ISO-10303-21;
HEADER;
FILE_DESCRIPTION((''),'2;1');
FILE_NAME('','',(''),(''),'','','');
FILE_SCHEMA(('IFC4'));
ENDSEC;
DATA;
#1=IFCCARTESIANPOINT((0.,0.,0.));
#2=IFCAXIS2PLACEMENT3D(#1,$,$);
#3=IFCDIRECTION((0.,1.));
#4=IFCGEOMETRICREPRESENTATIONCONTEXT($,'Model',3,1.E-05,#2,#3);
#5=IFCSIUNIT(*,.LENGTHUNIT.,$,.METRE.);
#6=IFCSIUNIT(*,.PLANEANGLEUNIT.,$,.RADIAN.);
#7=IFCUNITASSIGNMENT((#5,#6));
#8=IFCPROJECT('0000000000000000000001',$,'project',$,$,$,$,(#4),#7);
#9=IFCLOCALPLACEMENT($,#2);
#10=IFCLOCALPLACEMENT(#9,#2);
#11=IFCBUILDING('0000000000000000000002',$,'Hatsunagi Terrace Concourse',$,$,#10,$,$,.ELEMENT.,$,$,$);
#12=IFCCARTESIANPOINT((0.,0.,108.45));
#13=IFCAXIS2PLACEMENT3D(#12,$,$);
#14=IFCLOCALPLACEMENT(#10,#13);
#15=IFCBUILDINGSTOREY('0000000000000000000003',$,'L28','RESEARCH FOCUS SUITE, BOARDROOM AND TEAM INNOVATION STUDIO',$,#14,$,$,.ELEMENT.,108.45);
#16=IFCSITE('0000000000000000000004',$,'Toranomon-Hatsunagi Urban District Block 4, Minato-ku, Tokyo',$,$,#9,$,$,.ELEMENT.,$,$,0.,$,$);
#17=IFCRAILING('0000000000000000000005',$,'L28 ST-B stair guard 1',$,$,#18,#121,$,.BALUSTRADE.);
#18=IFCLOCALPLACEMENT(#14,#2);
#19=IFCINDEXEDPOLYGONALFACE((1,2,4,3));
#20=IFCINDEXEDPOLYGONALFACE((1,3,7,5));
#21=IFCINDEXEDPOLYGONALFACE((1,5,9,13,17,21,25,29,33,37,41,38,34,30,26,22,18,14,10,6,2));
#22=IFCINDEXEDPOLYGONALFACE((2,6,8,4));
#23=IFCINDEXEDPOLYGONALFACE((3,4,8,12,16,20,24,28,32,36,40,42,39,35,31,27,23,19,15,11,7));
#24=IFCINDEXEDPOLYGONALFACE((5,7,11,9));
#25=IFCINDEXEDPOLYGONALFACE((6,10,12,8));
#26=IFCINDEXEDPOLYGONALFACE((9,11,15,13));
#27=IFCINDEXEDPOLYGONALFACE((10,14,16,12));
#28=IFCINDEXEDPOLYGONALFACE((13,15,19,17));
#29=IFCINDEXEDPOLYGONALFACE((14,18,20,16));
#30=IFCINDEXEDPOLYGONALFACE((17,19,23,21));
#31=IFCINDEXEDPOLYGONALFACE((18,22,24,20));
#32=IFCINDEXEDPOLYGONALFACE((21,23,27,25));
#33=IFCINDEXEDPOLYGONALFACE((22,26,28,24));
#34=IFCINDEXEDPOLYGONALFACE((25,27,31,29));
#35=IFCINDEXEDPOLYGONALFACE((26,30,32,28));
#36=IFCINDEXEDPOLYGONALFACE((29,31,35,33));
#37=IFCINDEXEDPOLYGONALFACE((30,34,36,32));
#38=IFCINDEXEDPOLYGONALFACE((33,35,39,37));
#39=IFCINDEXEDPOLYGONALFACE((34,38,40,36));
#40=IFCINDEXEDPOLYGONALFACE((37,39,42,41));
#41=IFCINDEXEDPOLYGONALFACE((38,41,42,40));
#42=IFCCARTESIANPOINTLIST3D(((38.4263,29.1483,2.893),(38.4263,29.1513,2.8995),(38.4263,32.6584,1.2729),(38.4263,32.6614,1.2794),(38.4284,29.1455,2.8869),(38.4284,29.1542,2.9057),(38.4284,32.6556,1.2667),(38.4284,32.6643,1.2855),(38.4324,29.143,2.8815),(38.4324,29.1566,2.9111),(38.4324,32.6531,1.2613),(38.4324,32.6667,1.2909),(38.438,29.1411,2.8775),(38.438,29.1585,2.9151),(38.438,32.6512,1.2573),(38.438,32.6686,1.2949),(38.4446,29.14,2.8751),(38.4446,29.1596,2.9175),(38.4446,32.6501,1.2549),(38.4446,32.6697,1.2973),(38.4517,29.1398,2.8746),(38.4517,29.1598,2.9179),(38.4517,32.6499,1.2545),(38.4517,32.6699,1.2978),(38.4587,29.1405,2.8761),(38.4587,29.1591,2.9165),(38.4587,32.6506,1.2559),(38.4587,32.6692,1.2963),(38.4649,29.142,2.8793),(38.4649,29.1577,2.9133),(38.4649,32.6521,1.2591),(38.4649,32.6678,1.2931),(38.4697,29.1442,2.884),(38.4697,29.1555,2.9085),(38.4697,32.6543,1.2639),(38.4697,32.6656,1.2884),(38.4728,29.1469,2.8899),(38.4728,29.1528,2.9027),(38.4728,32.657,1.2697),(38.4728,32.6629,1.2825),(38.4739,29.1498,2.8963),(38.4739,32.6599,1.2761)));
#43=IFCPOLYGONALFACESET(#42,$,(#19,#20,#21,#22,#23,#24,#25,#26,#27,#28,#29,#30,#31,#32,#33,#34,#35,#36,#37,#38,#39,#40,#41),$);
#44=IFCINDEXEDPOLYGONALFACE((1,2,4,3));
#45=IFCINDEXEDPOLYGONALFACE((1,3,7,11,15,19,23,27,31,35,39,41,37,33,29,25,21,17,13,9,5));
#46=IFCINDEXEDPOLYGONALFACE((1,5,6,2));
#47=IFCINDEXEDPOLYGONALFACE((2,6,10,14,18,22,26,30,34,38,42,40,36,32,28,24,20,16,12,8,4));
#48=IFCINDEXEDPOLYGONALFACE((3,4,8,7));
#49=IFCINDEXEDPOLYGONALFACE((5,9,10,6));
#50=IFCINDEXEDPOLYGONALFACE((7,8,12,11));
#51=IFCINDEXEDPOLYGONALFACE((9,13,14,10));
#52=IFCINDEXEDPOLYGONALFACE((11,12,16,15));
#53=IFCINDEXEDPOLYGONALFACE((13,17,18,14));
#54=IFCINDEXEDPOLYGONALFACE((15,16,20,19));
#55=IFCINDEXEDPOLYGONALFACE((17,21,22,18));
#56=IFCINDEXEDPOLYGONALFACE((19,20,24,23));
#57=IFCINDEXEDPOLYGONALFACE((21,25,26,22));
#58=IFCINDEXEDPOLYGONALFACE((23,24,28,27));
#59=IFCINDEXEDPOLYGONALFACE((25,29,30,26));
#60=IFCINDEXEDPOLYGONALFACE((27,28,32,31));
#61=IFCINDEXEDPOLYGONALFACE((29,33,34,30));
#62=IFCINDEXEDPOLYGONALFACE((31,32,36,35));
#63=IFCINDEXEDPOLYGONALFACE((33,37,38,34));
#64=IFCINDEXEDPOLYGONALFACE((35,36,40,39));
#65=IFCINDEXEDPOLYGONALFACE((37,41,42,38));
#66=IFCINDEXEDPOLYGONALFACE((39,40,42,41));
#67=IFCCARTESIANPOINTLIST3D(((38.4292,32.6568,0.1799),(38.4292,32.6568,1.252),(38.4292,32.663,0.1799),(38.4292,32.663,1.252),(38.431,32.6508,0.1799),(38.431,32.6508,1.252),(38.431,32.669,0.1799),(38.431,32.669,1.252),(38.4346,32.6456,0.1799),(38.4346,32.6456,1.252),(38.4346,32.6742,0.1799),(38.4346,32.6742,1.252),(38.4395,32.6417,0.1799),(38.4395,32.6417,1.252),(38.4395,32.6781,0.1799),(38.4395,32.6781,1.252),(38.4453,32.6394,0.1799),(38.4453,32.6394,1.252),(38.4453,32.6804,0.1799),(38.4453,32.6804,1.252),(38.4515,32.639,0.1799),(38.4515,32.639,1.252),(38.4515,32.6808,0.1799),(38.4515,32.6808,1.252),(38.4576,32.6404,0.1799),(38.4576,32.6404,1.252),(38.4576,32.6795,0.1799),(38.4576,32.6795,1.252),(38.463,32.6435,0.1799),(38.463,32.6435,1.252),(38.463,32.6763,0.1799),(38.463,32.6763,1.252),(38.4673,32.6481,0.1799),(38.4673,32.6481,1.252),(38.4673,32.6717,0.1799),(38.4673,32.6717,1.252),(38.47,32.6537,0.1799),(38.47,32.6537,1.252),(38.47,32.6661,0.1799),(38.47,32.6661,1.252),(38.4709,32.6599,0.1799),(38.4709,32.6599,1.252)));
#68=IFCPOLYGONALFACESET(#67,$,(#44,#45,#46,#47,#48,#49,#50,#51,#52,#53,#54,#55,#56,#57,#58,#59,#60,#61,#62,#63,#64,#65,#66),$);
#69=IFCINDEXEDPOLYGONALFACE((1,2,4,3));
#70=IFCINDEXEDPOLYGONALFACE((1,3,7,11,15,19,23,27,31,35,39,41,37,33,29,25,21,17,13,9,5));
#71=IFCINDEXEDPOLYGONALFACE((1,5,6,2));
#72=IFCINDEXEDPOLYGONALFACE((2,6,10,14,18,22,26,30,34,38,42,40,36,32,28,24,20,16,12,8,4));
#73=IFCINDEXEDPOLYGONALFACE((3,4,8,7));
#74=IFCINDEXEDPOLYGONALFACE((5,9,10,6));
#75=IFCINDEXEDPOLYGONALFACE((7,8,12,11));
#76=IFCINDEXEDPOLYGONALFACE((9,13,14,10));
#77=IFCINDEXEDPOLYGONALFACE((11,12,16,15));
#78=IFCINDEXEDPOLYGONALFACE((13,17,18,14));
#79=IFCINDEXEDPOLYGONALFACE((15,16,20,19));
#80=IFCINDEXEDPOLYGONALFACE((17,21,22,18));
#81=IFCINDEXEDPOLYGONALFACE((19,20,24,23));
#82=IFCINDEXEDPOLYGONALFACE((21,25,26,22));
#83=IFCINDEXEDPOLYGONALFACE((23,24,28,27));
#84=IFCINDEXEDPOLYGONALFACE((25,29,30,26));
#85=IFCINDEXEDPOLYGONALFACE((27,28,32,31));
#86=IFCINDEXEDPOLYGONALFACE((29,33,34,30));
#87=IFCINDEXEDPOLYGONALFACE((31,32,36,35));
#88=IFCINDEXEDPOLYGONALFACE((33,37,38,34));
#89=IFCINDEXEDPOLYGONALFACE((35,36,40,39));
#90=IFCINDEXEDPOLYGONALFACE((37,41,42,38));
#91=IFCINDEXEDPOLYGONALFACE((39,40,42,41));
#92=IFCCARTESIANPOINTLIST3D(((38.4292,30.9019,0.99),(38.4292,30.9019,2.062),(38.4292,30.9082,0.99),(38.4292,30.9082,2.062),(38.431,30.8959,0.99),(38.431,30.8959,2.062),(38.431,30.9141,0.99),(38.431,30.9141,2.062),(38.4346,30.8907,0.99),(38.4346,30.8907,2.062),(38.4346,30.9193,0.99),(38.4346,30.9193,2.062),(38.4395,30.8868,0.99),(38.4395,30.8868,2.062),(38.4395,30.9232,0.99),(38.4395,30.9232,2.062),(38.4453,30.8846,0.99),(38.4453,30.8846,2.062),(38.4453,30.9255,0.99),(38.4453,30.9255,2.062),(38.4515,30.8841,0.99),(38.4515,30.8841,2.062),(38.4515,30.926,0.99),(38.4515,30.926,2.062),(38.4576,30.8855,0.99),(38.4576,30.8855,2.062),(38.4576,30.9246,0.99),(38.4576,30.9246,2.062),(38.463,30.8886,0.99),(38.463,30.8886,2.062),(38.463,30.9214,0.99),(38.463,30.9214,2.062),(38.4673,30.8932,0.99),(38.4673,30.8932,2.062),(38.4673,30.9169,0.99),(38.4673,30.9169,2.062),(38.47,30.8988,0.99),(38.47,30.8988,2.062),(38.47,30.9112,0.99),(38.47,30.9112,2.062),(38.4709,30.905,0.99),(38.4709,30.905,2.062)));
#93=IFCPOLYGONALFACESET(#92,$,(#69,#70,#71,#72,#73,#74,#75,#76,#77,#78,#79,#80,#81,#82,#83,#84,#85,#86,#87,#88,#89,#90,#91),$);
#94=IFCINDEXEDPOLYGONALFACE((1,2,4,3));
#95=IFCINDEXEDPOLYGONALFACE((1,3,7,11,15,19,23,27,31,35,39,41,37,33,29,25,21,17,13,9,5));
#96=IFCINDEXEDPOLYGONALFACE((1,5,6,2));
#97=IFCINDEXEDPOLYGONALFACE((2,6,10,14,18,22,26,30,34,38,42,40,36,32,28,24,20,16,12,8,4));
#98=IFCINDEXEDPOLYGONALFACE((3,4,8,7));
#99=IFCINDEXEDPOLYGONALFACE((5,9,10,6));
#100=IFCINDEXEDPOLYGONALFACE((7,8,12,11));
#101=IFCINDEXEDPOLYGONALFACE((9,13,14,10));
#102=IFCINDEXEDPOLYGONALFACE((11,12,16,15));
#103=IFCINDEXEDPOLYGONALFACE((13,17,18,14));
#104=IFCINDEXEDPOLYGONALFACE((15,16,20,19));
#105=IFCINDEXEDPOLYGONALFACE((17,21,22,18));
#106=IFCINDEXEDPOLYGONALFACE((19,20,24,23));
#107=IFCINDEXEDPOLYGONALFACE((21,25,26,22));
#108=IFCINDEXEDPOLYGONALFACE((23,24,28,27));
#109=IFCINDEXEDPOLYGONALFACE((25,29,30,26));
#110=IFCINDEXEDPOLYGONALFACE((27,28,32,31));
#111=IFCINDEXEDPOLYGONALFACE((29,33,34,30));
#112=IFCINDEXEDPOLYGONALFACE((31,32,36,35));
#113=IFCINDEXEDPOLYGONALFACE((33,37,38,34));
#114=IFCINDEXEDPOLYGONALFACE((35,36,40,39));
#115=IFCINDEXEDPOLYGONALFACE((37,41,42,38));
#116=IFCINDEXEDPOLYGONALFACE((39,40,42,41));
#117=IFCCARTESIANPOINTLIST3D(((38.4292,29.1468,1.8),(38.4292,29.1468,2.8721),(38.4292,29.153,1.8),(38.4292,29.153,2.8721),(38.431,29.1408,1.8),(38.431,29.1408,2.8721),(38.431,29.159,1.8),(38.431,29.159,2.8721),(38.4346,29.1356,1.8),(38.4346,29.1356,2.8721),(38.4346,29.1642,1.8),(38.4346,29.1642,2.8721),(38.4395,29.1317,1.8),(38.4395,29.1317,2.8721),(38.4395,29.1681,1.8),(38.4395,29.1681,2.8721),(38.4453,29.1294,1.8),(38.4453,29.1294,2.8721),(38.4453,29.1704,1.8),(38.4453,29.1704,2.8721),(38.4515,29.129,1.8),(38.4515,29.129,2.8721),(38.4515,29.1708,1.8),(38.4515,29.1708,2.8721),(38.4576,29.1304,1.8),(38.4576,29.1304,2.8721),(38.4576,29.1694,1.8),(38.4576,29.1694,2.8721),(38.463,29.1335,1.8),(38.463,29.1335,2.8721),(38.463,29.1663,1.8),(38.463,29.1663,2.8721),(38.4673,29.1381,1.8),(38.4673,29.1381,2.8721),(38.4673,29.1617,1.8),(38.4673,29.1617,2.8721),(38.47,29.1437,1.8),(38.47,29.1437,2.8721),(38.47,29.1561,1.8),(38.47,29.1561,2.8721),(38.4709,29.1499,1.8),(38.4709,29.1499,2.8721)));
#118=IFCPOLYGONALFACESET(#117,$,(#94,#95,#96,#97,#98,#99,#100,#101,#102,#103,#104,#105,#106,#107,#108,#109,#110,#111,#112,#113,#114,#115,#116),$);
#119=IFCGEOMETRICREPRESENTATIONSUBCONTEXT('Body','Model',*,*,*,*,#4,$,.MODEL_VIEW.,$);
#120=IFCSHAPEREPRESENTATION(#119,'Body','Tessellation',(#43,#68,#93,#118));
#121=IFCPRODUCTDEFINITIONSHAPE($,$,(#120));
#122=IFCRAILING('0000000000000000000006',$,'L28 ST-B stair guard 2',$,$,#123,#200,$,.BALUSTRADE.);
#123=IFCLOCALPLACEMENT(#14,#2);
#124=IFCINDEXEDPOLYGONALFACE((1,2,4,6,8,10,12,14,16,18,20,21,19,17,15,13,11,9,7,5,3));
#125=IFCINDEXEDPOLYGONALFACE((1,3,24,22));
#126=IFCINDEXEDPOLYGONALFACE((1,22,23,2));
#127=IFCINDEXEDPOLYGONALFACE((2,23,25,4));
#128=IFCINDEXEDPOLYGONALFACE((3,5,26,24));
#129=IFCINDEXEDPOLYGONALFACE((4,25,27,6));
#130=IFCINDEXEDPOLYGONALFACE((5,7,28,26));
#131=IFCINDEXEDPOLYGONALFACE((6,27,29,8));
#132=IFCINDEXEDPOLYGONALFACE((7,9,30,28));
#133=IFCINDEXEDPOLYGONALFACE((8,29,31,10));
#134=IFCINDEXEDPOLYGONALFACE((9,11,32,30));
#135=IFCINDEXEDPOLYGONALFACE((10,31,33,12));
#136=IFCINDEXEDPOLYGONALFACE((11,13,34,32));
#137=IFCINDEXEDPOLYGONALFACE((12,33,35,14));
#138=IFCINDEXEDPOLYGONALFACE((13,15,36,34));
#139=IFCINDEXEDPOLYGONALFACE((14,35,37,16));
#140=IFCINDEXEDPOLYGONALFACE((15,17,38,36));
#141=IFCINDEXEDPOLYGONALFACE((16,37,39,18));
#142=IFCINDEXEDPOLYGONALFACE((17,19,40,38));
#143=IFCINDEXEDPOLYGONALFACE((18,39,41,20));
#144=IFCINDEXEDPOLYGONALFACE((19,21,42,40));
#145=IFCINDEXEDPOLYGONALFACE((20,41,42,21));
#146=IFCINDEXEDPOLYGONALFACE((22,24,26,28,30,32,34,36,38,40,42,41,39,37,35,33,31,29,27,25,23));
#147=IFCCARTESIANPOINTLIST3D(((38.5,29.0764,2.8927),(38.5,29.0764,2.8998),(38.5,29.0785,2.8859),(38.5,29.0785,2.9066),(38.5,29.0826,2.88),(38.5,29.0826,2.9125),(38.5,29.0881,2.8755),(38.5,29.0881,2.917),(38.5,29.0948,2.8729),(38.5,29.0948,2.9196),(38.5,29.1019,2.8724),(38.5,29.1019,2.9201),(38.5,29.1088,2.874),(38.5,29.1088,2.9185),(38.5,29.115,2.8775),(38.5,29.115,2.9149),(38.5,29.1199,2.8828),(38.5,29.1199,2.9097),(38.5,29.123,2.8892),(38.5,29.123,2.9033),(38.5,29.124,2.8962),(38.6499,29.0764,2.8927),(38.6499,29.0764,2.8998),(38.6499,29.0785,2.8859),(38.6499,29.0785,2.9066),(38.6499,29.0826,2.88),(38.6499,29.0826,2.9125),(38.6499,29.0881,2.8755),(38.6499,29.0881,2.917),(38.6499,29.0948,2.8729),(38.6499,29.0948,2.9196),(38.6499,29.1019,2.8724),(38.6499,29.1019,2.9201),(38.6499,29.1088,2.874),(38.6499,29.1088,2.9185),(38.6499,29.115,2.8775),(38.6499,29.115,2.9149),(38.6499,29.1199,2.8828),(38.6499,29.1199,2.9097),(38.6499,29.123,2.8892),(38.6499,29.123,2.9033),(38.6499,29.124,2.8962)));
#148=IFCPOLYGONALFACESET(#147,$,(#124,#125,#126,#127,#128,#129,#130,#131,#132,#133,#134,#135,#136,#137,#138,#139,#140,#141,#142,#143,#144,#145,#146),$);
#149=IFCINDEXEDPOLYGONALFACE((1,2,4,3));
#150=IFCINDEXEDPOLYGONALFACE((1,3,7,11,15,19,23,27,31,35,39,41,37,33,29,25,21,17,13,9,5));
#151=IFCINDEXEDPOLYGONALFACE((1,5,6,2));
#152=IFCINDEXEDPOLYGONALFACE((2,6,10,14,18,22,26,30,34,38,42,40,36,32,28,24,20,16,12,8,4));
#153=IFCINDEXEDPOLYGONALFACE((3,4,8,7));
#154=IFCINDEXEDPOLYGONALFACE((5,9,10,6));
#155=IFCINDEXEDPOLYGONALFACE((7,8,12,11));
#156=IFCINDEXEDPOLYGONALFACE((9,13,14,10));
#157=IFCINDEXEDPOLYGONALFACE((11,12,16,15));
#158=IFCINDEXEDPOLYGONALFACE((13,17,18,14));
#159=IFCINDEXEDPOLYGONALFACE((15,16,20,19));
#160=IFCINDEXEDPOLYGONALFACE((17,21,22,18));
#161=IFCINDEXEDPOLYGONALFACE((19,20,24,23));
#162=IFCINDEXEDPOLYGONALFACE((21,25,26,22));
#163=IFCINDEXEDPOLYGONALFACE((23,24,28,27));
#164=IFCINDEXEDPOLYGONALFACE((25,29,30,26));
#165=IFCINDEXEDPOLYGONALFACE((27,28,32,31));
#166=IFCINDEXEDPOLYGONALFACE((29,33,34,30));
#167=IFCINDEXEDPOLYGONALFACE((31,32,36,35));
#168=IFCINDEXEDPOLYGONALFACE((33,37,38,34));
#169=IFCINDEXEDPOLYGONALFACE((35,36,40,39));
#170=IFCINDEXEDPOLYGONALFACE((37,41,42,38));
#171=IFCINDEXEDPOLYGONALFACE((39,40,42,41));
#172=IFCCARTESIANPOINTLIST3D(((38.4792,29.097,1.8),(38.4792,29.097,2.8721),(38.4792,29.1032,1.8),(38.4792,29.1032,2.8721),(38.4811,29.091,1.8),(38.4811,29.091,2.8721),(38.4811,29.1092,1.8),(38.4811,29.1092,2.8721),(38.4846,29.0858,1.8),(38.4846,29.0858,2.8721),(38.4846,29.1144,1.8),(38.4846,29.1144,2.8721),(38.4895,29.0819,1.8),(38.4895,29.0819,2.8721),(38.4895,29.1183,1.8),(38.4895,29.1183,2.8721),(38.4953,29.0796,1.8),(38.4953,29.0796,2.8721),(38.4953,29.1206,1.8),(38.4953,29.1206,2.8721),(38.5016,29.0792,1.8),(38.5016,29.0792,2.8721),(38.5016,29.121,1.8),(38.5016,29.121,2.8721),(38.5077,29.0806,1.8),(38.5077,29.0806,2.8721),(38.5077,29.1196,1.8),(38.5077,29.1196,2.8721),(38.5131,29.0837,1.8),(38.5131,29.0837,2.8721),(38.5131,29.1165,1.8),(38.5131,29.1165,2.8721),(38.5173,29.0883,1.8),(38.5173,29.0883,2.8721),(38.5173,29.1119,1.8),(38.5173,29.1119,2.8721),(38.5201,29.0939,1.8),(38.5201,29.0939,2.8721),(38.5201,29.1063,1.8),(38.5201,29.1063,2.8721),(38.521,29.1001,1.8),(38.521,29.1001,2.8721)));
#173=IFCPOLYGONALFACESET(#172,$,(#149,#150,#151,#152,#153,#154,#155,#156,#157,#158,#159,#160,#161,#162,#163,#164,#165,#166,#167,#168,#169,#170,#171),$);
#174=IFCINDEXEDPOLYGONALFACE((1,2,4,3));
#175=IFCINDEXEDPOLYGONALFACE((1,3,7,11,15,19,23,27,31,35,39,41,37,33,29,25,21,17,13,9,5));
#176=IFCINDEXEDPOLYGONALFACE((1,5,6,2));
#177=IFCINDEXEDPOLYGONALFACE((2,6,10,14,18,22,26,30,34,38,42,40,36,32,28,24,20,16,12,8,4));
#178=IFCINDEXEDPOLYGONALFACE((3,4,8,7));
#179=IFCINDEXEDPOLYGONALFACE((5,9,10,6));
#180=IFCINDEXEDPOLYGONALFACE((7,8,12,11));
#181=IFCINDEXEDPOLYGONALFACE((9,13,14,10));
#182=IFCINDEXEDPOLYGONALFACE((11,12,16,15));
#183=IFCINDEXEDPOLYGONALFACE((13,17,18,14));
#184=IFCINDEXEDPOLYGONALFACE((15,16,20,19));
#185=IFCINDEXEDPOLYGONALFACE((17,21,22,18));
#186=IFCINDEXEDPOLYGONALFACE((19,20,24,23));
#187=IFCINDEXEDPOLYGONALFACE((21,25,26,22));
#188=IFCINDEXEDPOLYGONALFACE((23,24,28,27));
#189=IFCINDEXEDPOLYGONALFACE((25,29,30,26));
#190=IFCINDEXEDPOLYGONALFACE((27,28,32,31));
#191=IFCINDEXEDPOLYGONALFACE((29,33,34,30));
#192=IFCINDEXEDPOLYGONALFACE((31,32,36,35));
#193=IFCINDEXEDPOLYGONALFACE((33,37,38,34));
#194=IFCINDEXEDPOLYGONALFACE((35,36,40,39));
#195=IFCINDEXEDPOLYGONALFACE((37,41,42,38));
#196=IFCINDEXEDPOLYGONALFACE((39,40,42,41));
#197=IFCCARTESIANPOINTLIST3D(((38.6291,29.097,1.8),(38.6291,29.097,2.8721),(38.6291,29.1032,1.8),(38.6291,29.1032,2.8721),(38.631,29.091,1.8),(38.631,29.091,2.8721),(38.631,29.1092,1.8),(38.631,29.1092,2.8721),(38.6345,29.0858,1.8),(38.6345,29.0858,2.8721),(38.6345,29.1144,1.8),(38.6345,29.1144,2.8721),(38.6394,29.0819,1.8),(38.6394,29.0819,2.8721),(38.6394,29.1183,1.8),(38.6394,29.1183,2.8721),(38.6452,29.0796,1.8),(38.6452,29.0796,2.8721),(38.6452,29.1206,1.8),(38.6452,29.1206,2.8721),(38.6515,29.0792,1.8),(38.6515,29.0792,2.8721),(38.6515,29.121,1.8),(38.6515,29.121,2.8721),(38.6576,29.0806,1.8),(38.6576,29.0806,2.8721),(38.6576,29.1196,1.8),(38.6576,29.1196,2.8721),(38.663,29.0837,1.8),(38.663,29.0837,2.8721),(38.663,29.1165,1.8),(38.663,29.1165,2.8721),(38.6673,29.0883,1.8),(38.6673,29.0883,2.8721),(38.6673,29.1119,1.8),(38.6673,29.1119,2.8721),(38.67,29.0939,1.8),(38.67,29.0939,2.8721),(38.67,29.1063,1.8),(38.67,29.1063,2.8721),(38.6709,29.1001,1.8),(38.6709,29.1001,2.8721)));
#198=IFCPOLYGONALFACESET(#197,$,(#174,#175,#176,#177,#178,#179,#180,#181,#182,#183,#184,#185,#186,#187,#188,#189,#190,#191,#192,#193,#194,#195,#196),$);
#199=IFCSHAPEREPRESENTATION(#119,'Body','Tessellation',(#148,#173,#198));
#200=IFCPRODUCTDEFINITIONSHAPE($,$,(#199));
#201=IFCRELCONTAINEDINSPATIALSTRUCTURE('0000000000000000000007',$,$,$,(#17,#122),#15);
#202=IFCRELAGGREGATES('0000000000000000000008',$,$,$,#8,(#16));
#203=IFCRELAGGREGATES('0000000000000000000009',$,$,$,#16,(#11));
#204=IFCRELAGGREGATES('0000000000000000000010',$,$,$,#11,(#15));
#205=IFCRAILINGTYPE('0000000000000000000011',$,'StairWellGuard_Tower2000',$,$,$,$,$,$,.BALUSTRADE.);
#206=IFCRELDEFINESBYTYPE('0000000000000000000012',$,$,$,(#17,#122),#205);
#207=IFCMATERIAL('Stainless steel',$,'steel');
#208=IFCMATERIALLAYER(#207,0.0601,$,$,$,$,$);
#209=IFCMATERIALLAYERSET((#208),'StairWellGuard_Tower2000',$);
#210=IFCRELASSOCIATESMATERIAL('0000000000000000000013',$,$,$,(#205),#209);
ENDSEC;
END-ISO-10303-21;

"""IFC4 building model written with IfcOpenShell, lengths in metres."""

from ifc_helpers import new_model, si_unit, direction, frame, origin, origin_2d, place, context, subcontext, project, spatial, circle, extrude, material, layer, layer_set, type_object, element, save


model = new_model("IFC4")

# Units and contexts
model_context = context("Model", 3, precision=1e-05, world=origin(), true_north=direction((0.0, 1.0)))
body_context = subcontext(model_context, "Body", "Model", "MODEL_VIEW")
ifc_project = project(units=[si_unit("LENGTHUNIT", "METRE"), si_unit("PLANEANGLEUNIT", "RADIAN")], contexts=[model_context])

# Site, building, storey
site_placement = place(None, origin())
site = spatial("IfcSite", under=ifc_project, at=site_placement, Name="Toranomon-Hatsunagi Urban District Block 4, Minato-ku, Tokyo", CompositionType="ELEMENT", RefElevation=0.0)
building_placement = place(site_placement, origin())
building = spatial("IfcBuilding", under=site, at=building_placement, Name="Hatsunagi Terrace Concourse", CompositionType="ELEMENT")
storey_placement = place(building_placement, frame((0.0, 0.0, 108.45)))
storey = spatial("IfcBuildingStorey", under=building, at=storey_placement, Name="L28", Description="RESEARCH FOCUS SUITE, BOARDROOM AND TEAM INNOVATION STUDIO", CompositionType="ELEMENT", Elevation=108.45)

# Railings
ifc_material_1 = material(Name="Stainless steel", Category="steel")
ifc_layer_1 = layer(ifc_material_1, 0.0601)
ifc_layer_set_1 = layer_set([ifc_layer_1], Name="StairWellGuard_Tower2000")
railing_type_1 = type_object("IfcRailingType", Name="StairWellGuard_Tower2000", PredefinedType="BALUSTRADE", material=ifc_layer_set_1)
railing_1_placement = place(storey_placement, frame((38.45, 32.6599, 0.1799)))
element("IfcRailing", 1, at=railing_1_placement, inside=storey, type_object=railing_type_1, Name="L28 ST-B stair guard 1", PredefinedType="BALUSTRADE", context=body_context, shape_type="SweptSolid", body=[
    extrude(circle(Radius=0.0239, at=origin_2d()), frame((0.0, 0.0, 1.0962), z_axis=(0.0, -0.907948, 0.419082), x_axis=(1.0, 0.0, 0.0)), (0.0, 0.0, 1.0), 3.866),
    extrude(circle(Radius=0.021, at=origin_2d()), origin(), (0.0, 0.0, 1.0), 1.072),
    extrude(circle(Radius=0.021, at=origin_2d()), frame((0.0, -1.7549, 0.8101)), (0.0, 0.0, 1.0), 1.072),
    extrude(circle(Radius=0.021, at=origin_2d()), frame((0.0, -3.51, 1.6201)), (0.0, 0.0, 1.0), 1.072),
])
railing_2_placement = place(storey_placement, frame((38.5, 29.1001, 1.8)))
element("IfcRailing", 2, at=railing_2_placement, inside=storey, type_object=railing_type_1, Name="L28 ST-B stair guard 2", PredefinedType="BALUSTRADE", context=body_context, shape_type="SweptSolid", body=[
    extrude(circle(Radius=0.0239, at=origin_2d()), frame((0.0, 0.0, 1.0962), z_axis=(1.0, 0.0, 0.0), x_axis=(0.0, 1.0, 0.0)), (0.0, 0.0, 1.0), 0.1499),
    extrude(circle(Radius=0.021, at=origin_2d()), origin(), (0.0, 0.0, 1.0), 1.072),
    extrude(circle(Radius=0.021, at=origin_2d()), frame((0.1499, 0.0, 0.0)), (0.0, 0.0, 1.0), 1.072),
])

save(model, "model.ifc")
